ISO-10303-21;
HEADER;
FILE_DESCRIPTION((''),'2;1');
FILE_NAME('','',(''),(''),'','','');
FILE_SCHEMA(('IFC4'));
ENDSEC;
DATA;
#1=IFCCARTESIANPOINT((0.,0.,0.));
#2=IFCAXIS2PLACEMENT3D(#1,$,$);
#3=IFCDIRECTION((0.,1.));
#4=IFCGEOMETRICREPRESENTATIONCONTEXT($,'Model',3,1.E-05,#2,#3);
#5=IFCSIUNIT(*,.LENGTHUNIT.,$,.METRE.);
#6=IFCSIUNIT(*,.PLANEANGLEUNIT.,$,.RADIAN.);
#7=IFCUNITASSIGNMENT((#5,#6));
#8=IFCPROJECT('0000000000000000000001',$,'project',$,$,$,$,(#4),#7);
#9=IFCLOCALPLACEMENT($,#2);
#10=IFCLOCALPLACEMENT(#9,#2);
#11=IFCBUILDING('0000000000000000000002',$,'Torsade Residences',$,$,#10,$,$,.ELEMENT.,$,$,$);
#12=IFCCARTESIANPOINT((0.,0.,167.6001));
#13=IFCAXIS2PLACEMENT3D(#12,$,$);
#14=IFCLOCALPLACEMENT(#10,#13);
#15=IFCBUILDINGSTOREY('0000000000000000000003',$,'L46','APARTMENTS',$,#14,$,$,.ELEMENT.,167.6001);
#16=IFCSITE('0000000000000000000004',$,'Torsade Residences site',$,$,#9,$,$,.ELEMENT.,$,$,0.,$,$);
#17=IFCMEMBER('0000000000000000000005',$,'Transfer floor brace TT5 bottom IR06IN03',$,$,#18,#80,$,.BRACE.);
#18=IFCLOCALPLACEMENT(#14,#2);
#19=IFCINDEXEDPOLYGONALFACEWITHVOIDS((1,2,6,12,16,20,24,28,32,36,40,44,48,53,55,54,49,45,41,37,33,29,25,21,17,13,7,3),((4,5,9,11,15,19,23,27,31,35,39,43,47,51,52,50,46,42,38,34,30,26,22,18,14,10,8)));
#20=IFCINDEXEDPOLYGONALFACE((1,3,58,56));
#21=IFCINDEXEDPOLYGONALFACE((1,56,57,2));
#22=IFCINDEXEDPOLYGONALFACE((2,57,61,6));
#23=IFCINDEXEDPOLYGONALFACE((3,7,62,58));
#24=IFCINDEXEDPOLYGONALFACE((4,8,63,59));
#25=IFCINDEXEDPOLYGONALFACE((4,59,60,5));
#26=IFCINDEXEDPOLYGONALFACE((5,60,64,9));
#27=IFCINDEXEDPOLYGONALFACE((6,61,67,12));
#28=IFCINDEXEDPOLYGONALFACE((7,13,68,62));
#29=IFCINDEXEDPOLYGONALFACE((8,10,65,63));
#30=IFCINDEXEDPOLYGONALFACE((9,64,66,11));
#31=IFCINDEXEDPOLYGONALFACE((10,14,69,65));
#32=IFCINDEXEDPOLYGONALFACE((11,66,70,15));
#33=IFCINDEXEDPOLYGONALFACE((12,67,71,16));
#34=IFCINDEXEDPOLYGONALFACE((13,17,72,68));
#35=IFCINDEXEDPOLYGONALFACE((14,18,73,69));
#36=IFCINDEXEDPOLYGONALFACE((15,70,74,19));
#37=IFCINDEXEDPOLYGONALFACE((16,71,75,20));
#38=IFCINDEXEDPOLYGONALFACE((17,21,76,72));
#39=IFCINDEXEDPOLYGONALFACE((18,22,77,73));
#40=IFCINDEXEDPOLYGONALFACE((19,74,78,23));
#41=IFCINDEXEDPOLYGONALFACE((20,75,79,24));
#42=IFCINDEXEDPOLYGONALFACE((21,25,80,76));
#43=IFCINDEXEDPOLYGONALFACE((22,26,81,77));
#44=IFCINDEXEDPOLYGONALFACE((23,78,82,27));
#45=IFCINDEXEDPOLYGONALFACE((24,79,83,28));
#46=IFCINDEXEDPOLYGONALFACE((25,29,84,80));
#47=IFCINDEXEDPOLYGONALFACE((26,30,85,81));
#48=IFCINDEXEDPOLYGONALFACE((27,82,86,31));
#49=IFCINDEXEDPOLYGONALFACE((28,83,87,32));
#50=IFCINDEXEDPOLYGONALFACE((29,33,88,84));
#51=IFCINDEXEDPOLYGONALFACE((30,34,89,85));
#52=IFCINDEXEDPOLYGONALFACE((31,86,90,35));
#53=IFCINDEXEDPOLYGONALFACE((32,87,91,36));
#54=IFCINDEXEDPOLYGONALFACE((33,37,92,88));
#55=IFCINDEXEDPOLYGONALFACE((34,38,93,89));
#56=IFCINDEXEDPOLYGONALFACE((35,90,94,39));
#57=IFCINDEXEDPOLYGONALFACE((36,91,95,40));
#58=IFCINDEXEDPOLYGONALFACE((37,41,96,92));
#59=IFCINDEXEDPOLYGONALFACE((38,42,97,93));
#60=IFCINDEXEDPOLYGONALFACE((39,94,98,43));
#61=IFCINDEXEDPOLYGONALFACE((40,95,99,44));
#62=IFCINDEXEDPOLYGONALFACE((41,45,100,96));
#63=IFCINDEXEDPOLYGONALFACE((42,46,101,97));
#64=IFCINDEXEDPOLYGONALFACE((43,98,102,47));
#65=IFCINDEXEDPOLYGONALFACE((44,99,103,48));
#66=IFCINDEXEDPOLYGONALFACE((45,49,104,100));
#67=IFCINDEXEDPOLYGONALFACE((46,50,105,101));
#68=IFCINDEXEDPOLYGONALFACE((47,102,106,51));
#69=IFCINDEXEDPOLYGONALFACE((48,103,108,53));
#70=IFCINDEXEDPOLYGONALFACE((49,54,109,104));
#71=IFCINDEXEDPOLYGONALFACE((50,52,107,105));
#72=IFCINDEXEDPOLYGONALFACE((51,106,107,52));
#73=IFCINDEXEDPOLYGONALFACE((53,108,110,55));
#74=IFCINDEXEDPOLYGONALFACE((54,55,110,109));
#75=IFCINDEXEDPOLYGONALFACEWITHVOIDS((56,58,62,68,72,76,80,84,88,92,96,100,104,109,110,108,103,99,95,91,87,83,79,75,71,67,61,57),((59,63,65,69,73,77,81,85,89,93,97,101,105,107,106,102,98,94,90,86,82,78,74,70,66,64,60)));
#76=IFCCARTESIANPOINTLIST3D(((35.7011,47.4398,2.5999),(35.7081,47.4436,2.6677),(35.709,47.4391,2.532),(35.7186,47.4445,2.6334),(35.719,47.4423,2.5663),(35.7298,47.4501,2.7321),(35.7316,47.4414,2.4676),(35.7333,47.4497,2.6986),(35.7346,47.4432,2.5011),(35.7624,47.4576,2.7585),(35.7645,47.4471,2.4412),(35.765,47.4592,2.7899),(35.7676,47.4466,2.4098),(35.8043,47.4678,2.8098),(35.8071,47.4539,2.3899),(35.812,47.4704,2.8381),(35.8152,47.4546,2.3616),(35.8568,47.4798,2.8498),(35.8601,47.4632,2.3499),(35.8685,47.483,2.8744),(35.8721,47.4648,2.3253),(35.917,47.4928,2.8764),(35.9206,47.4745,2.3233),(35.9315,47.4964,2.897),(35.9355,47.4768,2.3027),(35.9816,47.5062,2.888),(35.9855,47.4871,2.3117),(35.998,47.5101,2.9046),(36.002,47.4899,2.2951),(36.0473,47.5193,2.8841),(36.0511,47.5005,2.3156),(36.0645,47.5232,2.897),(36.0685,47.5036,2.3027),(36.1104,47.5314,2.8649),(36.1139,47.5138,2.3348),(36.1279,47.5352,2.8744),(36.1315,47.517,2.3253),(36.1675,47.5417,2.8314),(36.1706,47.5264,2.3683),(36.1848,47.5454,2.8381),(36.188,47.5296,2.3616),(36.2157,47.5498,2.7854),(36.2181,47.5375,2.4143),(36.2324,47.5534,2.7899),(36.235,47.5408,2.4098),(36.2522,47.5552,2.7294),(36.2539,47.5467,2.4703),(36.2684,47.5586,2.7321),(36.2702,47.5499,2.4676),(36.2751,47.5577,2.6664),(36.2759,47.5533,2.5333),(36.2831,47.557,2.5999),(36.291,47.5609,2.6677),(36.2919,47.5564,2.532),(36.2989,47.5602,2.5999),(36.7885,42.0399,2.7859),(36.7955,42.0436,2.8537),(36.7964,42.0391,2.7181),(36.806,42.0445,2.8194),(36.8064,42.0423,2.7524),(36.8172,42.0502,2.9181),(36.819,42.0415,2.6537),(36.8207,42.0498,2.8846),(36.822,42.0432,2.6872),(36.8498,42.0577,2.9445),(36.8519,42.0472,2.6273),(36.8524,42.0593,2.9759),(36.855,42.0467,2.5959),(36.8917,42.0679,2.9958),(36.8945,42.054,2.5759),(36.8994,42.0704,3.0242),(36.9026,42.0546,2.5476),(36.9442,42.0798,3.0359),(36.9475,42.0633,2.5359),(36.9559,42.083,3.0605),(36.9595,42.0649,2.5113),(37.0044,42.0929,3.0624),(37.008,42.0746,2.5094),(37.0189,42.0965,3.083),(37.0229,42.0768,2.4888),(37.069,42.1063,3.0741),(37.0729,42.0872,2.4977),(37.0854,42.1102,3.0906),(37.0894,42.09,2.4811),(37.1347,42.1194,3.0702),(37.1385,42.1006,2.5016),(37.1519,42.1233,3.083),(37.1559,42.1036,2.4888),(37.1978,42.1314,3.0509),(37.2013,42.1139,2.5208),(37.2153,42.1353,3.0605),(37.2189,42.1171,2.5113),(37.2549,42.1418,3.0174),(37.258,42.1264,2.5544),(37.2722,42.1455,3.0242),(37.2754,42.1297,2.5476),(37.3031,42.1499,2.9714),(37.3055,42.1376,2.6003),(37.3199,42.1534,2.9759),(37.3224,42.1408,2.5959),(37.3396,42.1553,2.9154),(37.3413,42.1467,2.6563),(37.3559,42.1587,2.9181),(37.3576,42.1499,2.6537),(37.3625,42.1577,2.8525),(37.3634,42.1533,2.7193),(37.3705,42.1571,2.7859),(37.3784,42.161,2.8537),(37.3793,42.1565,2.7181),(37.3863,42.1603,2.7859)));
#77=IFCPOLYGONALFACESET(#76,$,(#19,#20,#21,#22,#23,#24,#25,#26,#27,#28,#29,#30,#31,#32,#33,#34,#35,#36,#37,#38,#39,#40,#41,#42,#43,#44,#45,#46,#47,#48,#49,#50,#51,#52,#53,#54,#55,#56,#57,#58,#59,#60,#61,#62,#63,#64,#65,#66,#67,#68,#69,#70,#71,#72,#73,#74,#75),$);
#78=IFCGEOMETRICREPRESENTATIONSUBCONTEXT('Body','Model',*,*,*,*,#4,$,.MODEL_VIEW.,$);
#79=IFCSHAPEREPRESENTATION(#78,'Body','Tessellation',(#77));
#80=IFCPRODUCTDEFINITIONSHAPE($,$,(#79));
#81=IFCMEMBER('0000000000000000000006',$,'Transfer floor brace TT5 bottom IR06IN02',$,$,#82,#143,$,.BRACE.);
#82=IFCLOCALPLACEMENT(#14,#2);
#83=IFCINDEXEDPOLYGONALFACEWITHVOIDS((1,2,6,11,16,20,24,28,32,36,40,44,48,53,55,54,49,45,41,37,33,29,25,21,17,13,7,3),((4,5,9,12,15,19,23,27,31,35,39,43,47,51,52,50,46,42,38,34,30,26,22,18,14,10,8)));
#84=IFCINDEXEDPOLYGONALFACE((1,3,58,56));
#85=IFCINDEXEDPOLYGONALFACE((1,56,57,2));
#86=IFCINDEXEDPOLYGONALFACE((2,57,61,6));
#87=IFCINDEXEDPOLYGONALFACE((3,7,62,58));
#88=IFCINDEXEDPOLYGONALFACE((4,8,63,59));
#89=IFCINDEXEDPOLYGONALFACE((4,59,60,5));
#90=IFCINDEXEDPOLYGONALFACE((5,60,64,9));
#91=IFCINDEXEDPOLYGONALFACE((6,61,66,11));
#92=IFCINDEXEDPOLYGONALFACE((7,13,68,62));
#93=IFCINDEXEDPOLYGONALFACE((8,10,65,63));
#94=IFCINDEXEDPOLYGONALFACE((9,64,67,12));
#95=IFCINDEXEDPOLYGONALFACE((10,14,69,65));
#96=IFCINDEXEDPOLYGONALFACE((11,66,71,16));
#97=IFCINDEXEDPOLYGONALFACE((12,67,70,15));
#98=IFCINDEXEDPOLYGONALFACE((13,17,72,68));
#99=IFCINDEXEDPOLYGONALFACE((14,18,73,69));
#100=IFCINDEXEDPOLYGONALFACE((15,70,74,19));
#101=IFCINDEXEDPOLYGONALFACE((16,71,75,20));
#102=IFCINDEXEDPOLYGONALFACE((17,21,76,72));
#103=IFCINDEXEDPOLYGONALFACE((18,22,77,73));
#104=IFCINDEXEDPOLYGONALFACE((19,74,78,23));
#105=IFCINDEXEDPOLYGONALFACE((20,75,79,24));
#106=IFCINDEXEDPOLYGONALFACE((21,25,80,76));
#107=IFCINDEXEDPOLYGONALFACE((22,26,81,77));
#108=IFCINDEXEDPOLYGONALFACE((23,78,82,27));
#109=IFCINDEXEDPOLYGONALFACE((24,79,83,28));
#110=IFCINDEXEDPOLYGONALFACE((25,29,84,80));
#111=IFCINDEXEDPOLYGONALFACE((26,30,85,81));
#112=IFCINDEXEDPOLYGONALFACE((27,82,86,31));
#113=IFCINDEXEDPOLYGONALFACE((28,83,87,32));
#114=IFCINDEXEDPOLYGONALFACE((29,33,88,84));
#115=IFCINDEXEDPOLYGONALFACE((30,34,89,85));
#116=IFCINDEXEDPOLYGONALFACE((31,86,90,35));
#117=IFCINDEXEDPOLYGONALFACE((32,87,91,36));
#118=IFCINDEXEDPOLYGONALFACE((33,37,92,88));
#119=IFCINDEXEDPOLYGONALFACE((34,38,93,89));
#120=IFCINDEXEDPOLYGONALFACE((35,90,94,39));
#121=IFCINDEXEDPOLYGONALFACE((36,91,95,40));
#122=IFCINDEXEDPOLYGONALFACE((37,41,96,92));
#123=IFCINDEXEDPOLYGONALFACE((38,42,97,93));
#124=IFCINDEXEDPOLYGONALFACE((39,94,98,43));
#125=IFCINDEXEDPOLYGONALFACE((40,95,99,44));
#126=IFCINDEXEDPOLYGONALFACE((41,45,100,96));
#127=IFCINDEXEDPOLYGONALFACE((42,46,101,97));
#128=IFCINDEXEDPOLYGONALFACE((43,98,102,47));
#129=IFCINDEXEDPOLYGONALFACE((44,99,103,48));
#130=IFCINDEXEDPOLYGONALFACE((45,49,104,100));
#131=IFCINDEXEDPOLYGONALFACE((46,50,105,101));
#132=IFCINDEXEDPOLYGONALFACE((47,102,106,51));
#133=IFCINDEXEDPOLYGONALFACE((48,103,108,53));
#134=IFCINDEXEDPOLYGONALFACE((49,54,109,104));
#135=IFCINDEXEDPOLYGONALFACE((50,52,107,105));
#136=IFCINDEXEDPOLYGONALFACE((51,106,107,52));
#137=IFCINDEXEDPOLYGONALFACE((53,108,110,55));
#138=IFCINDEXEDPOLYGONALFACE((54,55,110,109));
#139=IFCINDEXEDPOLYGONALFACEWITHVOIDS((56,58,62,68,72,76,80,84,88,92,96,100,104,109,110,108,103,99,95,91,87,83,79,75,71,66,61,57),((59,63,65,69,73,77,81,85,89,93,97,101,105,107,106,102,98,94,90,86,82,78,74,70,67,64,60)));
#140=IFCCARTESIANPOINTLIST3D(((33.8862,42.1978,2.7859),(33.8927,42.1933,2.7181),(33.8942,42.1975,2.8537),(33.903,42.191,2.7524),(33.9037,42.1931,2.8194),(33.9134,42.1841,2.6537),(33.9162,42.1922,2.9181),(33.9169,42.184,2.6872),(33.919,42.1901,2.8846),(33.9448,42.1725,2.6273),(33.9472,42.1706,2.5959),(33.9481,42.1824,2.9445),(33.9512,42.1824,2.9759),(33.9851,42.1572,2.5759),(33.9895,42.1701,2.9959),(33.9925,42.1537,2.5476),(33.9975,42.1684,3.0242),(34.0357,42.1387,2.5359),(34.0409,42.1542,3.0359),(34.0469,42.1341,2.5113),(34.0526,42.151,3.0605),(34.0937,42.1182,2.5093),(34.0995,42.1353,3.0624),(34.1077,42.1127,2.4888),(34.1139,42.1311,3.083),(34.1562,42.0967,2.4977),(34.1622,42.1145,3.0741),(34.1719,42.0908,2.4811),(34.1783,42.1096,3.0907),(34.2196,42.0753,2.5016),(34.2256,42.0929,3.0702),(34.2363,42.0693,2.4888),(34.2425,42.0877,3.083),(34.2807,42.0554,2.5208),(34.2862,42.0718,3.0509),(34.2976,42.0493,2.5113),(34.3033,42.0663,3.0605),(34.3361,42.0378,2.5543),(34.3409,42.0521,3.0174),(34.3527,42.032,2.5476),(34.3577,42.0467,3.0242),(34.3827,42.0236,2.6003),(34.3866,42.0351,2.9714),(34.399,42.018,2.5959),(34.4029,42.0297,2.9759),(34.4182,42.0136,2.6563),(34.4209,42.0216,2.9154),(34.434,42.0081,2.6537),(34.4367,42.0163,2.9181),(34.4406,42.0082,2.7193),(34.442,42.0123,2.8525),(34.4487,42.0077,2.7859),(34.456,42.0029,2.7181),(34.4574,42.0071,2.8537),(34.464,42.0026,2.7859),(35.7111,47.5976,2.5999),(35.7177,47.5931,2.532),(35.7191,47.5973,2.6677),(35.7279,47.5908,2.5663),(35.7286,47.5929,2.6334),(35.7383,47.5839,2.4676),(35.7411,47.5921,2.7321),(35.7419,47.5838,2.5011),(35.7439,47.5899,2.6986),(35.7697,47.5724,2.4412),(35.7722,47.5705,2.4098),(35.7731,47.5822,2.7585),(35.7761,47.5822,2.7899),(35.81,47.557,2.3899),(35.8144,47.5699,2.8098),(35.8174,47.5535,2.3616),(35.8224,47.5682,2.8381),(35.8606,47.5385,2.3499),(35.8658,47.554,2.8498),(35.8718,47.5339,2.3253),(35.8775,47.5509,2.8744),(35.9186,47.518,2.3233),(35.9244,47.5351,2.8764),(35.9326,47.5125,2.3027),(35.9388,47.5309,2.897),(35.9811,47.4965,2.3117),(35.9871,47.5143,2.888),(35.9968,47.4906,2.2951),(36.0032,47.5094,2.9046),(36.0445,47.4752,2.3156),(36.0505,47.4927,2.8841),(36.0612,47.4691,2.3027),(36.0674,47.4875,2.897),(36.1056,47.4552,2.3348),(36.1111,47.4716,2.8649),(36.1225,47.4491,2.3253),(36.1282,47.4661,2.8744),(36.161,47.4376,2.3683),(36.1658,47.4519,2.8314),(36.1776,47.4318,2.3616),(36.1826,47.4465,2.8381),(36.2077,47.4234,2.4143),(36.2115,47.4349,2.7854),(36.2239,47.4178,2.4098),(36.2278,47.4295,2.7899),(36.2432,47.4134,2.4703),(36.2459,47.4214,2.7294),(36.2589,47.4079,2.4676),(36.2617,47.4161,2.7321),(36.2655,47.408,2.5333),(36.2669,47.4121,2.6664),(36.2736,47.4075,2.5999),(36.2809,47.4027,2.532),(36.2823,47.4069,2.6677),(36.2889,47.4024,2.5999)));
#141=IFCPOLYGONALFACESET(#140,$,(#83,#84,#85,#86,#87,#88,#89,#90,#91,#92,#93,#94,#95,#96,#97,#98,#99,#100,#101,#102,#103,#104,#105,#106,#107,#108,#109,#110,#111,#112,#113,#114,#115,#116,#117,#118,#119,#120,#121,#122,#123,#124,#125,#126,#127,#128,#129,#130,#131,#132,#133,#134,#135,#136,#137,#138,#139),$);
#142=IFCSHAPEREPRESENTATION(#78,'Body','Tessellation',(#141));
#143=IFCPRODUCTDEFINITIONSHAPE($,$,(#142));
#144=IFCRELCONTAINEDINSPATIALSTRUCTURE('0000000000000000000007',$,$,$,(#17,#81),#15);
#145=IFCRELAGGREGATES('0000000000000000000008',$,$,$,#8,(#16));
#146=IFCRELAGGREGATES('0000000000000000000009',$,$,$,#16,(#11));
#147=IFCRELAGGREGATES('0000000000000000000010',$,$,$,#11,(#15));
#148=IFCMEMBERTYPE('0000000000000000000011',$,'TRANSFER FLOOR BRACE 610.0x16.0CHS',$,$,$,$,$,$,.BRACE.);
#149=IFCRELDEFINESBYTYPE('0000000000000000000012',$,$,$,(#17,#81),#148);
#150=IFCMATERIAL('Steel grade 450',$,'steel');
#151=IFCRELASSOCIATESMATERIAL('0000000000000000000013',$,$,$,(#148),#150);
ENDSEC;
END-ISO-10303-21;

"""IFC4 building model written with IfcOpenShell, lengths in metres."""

from ifc_helpers import new_model, si_unit, direction, frame, origin, origin_2d, place, context, subcontext, project, spatial, hollow_circle, extrude, material, material_profile, profile_set, type_object, element, save


model = new_model("IFC4")

# Units and contexts
model_context = context("Model", 3, precision=1e-05, world=origin(), true_north=direction((0.0, 1.0)))
body_context = subcontext(model_context, "Body", "Model", "MODEL_VIEW")
ifc_project = project(units=[si_unit("LENGTHUNIT", "METRE"), si_unit("PLANEANGLEUNIT", "RADIAN")], contexts=[model_context])

# Site, building, storey
site_placement = place(None, origin())
site = spatial("IfcSite", under=ifc_project, at=site_placement, Name="Torsade Residences site", CompositionType="ELEMENT", RefElevation=0.0)
building_placement = place(site_placement, origin())
building = spatial("IfcBuilding", under=site, at=building_placement, Name="Torsade Residences", CompositionType="ELEMENT")
storey_placement = place(building_placement, frame((0.0, 0.0, 167.6001)))
storey = spatial("IfcBuildingStorey", under=building, at=storey_placement, Name="L46", Description="APARTMENTS", CompositionType="ELEMENT", Elevation=167.6001)

# Members
ifc_material_1 = material(Name="Steel grade 450", Category="steel")
ifc_material_profile_1 = material_profile(ifc_material_1, hollow_circle(Radius=0.3049, WallThickness=0.0161, at=origin_2d()), Name="610.0x16.0CHS")
ifc_profile_set_1 = profile_set([ifc_material_profile_1], Name="Steel grade 450")
member_type_1 = type_object("IfcMemberType", Name="TRANSFER FLOOR BRACE 610.0x16.0CHS", PredefinedType="BRACE", material=ifc_profile_set_1)
member_1_placement = place(storey_placement, frame((36.0, 47.5, 2.5999), z_axis=(0.197299, -0.979762, 0.033754), x_axis=(0.980321, 0.197412, 0.0)))
element("IfcMember", 1, at=member_1_placement, inside=storey, type_object=member_type_1, Name="Transfer floor brace TT5 bottom IR06IN03", PredefinedType="BRACE", context=body_context, shape_type="SweptSolid", body=[
    extrude(hollow_circle(Radius=0.3049, WallThickness=0.0161, at=origin_2d()), origin(), (0.0, 0.0, 1.0), 5.5115),
])
member_2_placement = place(storey_placement, frame((36.0, 47.5, 2.5999), z_axis=(-0.319999, -0.946856, 0.032621), x_axis=(0.94736, -0.32017, 0.0)))
element("IfcMember", 2, at=member_2_placement, inside=storey, type_object=member_type_1, Name="Transfer floor brace TT5 bottom IR06IN02", PredefinedType="BRACE", context=body_context, shape_type="SweptSolid", body=[
    extrude(hollow_circle(Radius=0.3049, WallThickness=0.0161, at=origin_2d()), origin(), (0.0, 0.0, 1.0), 5.7029),
])

save(model, "model.ifc")
